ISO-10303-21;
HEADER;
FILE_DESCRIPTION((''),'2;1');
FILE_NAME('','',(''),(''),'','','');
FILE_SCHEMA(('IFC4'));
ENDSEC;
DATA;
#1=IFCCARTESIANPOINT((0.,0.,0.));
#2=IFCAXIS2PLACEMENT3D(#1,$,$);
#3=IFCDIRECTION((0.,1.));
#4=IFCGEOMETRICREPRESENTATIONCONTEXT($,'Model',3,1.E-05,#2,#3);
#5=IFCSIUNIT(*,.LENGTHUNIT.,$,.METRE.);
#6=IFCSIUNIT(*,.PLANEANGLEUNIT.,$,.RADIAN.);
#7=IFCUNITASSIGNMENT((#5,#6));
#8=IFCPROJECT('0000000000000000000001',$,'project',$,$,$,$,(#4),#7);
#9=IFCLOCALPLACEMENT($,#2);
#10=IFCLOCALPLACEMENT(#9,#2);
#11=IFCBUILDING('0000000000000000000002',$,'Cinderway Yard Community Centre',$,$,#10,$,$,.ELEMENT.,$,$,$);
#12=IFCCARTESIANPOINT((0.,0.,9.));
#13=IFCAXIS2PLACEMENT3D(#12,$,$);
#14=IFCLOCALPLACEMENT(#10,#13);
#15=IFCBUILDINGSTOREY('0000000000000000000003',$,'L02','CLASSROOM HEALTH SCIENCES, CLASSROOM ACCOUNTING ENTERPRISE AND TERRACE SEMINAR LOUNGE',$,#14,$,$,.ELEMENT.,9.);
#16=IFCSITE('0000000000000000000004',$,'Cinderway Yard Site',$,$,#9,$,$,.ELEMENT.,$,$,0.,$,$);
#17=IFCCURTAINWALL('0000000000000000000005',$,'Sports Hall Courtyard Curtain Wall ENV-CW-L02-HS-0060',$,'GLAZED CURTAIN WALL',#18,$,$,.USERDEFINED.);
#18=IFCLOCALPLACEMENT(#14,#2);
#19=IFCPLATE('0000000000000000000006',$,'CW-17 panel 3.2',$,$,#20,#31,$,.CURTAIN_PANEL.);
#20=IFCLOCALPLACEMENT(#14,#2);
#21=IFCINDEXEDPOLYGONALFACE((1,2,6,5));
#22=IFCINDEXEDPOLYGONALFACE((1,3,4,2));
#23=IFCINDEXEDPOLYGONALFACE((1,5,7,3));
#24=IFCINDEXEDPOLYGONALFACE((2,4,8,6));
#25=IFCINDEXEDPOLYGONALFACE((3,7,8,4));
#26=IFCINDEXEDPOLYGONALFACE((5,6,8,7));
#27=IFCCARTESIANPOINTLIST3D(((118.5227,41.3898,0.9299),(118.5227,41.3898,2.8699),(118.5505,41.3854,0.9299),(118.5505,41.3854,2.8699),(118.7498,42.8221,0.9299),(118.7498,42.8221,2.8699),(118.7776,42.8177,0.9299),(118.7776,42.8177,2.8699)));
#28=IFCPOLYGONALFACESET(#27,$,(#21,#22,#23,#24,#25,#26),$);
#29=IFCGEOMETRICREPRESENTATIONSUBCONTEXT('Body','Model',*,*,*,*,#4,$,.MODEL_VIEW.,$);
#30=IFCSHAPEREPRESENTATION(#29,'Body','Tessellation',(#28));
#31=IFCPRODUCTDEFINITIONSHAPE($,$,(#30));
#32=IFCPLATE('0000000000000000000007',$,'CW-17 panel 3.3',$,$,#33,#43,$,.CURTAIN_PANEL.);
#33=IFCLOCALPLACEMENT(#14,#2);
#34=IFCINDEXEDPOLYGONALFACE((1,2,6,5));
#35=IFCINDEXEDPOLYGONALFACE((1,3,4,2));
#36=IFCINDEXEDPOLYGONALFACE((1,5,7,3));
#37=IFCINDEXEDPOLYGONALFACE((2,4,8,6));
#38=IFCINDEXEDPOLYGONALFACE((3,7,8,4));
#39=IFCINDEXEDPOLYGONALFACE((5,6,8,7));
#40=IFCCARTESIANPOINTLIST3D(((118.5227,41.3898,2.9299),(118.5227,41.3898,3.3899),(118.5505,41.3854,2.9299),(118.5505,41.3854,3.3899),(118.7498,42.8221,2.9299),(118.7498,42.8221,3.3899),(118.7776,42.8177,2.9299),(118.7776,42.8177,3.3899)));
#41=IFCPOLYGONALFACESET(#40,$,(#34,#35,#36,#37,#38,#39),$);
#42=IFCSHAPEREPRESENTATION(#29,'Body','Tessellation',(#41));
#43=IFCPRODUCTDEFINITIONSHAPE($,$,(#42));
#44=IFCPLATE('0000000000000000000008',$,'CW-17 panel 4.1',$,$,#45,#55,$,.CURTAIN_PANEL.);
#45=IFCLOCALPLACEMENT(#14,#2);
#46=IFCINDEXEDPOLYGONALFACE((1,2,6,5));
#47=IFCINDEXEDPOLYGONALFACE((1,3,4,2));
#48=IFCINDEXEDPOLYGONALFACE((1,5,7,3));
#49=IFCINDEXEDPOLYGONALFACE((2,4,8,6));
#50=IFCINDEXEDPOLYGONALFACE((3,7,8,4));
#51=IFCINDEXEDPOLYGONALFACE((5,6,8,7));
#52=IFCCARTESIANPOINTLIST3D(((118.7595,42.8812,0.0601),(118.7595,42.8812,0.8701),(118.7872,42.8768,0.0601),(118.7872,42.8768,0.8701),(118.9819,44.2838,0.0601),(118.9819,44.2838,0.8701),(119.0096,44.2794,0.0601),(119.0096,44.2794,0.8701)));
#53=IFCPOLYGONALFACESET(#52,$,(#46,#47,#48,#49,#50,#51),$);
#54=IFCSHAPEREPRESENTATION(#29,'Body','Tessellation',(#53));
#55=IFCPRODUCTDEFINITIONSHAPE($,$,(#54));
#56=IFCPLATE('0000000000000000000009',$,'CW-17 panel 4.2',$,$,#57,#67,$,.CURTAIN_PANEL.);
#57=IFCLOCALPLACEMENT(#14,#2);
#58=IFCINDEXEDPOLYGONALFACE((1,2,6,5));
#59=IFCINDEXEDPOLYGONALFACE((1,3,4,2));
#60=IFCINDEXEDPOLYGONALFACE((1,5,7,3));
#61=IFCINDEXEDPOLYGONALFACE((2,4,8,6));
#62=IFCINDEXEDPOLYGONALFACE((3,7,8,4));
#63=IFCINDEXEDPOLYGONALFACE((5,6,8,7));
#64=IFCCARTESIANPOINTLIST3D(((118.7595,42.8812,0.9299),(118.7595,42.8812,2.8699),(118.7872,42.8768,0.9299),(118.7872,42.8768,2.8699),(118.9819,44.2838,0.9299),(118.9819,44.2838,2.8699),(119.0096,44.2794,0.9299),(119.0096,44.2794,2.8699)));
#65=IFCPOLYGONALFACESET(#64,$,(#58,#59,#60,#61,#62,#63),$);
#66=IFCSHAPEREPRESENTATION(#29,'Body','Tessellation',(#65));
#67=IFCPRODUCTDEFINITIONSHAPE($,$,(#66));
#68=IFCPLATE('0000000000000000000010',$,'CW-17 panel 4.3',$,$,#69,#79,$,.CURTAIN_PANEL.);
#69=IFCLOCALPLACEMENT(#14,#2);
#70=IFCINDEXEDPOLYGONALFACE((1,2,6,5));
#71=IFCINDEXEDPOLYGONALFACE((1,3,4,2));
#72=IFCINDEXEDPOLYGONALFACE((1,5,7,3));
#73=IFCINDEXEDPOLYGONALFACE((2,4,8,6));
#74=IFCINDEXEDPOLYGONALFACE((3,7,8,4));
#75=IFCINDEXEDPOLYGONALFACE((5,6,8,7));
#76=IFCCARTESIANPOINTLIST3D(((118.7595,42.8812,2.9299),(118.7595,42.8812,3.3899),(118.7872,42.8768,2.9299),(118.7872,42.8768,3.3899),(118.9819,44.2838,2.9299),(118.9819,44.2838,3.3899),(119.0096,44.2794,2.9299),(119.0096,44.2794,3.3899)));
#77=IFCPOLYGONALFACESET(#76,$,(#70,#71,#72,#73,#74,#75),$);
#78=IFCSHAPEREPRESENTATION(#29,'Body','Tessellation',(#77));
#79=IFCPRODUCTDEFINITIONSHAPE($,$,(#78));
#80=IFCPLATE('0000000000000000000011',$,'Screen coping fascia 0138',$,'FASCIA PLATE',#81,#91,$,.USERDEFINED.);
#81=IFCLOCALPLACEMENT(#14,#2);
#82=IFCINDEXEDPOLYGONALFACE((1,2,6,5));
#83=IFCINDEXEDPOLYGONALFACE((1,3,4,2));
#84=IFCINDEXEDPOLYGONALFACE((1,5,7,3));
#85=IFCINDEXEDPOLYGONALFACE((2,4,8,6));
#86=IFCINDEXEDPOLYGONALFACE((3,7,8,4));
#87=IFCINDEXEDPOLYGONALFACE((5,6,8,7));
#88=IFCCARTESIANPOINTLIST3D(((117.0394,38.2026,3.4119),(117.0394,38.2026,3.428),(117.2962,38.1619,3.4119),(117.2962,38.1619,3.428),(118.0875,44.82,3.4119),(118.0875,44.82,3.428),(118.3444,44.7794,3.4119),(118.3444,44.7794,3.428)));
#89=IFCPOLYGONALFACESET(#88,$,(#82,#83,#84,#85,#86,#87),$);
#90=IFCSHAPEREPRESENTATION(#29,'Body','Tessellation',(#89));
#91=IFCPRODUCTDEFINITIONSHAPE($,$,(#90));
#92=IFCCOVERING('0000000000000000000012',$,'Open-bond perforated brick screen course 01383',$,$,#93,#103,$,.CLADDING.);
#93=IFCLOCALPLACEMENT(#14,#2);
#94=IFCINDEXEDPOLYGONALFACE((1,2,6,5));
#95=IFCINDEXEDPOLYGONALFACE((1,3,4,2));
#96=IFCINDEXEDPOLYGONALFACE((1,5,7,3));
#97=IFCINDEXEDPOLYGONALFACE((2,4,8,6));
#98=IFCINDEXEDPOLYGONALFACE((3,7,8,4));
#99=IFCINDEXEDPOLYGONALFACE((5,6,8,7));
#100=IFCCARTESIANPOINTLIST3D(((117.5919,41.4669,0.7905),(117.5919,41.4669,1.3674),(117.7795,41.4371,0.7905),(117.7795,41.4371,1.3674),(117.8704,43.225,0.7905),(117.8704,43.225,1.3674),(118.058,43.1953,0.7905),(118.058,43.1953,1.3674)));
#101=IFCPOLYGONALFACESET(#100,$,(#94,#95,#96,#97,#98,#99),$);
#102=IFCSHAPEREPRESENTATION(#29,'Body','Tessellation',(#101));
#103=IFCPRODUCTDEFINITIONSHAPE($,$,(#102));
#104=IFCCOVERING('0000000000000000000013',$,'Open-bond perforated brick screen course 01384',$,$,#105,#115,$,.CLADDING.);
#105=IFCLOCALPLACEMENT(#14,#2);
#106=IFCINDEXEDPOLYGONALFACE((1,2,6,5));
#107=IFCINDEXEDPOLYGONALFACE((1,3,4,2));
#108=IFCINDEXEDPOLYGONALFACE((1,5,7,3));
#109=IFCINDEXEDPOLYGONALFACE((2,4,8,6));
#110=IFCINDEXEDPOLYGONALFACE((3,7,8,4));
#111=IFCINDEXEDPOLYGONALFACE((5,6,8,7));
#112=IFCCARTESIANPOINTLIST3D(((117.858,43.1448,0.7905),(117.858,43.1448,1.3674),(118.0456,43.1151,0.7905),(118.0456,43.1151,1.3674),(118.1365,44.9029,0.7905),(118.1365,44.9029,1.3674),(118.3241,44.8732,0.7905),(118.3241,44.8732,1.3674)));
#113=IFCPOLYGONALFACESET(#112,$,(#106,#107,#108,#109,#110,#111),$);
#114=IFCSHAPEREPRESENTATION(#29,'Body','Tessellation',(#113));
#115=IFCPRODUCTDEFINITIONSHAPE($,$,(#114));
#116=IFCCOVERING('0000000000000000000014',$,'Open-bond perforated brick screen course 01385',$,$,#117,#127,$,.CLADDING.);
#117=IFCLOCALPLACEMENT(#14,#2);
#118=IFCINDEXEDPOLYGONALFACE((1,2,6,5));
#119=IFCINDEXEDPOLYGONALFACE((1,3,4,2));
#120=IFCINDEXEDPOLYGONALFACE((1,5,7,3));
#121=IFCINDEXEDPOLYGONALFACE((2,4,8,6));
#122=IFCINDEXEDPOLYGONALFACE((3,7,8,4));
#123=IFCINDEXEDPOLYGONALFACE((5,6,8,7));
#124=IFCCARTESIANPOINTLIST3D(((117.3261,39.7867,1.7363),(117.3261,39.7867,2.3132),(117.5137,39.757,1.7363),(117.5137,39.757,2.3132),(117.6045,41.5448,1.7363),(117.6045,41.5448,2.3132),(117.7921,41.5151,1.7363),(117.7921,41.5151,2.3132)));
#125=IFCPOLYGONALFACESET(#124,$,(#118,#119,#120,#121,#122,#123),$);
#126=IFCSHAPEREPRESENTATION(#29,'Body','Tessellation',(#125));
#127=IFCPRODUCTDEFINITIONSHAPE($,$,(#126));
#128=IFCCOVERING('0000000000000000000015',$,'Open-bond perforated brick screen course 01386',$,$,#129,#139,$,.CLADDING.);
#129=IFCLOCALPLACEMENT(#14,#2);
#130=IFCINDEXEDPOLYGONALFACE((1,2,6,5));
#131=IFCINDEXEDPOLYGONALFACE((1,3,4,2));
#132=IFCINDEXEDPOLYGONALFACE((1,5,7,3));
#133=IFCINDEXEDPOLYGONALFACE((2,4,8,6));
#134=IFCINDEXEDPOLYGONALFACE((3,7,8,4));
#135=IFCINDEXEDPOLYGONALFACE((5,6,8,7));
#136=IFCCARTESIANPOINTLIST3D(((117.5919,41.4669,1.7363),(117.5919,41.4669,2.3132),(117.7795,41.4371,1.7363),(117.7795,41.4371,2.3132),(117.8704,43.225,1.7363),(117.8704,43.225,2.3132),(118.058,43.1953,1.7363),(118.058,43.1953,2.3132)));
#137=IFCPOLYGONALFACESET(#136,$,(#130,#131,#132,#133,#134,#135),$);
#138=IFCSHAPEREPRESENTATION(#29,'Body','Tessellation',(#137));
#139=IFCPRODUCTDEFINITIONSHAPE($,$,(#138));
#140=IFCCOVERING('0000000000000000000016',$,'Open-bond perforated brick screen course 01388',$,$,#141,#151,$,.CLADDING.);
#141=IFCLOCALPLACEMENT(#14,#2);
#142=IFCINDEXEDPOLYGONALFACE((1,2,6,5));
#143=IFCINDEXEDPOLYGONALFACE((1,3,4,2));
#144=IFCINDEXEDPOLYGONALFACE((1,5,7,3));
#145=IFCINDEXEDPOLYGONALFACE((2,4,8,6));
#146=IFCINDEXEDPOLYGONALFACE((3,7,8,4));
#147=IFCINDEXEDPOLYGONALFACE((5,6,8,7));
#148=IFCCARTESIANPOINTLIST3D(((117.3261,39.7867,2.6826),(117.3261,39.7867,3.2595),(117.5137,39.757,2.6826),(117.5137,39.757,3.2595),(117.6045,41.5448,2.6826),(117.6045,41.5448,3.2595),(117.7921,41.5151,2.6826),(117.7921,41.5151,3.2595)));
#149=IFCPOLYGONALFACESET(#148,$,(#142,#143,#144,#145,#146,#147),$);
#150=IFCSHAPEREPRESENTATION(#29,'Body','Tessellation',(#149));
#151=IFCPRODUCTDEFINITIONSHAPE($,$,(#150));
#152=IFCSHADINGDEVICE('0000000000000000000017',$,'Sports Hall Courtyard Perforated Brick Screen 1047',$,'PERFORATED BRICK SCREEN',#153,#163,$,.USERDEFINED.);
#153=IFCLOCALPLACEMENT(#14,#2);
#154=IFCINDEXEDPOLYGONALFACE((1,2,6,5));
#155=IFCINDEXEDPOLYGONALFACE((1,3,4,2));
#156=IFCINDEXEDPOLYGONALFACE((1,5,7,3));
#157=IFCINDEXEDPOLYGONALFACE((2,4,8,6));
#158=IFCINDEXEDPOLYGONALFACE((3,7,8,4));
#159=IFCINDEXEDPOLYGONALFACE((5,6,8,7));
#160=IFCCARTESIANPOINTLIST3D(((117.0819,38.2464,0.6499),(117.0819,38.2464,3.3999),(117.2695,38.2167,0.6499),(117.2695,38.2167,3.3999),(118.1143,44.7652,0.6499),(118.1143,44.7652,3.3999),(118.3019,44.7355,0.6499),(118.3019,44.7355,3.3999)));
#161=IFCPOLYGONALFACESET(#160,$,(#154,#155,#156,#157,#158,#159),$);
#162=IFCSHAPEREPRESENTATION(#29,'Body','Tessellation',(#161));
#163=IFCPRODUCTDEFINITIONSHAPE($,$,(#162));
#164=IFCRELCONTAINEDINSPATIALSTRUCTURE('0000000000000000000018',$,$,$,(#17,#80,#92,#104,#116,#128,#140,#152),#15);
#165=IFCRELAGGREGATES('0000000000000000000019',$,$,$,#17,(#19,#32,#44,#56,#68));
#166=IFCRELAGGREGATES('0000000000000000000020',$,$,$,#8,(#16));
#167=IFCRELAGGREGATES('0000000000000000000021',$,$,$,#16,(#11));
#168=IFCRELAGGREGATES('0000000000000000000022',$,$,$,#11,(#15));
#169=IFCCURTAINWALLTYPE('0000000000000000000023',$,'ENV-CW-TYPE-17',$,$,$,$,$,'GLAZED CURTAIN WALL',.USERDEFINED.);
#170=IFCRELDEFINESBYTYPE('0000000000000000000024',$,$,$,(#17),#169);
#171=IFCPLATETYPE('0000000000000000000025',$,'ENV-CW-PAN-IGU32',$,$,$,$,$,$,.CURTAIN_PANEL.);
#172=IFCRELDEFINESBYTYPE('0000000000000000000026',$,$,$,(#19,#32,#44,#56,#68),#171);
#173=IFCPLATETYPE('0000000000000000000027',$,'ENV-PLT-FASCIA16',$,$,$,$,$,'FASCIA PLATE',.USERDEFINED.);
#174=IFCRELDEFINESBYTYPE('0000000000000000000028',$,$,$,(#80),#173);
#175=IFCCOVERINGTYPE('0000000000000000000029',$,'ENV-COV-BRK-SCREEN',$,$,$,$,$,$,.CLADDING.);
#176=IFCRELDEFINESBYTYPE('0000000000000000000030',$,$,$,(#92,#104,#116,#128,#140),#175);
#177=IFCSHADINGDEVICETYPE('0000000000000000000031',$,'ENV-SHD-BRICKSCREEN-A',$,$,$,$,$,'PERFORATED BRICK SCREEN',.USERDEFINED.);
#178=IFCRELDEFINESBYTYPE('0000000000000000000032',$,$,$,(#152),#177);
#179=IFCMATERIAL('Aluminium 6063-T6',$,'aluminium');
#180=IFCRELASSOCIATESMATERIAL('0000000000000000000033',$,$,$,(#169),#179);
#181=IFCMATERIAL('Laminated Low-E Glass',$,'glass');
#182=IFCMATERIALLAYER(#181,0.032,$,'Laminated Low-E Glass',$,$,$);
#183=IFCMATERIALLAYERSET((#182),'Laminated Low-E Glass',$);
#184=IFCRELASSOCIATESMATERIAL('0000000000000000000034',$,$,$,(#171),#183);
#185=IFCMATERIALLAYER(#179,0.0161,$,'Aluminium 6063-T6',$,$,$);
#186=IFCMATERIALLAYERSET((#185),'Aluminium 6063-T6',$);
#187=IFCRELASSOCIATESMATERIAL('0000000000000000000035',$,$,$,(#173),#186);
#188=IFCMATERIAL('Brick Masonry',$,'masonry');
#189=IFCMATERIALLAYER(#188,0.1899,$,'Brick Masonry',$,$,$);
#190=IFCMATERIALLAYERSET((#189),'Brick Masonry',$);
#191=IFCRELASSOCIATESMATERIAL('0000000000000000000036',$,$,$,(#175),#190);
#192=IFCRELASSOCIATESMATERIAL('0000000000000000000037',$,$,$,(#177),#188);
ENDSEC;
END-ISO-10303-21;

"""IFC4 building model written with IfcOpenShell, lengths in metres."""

from ifc_helpers import new_model, si_unit, direction, frame, origin, origin_2d, place, context, subcontext, project, spatial, rectangle, extrude, material, layer, layer_set, type_object, element, aggregate, save


model = new_model("IFC4")

# Units and contexts
model_context = context("Model", 3, precision=1e-05, world=origin(), true_north=direction((0.0, 1.0)))
body_context = subcontext(model_context, "Body", "Model", "MODEL_VIEW")
ifc_project = project(units=[si_unit("LENGTHUNIT", "METRE"), si_unit("PLANEANGLEUNIT", "RADIAN")], contexts=[model_context])

# Site, building, storey
site_placement = place(None, origin())
site = spatial("IfcSite", under=ifc_project, at=site_placement, Name="Cinderway Yard Site", CompositionType="ELEMENT", RefElevation=0.0)
building_placement = place(site_placement, origin())
building = spatial("IfcBuilding", under=site, at=building_placement, Name="Cinderway Yard Community Centre", CompositionType="ELEMENT")
storey_placement = place(building_placement, frame((0.0, 0.0, 9.0)))
storey = spatial("IfcBuildingStorey", under=building, at=storey_placement, Name="L02", Description="CLASSROOM HEALTH SCIENCES, CLASSROOM ACCOUNTING ENTERPRISE AND TERRACE SEMINAR LOUNGE", CompositionType="ELEMENT", Elevation=9.0)

# Curtain wall
ifc_material_1 = material(Name="Aluminium 6063-T6", Category="aluminium")
curtain_wall_type = type_object("IfcCurtainWallType", Name="ENV-CW-TYPE-17", ElementType="GLAZED CURTAIN WALL", PredefinedType="USERDEFINED", material=ifc_material_1)
curtain_wall_placement = place(storey_placement, origin())
curtain_wall = element("IfcCurtainWall", 1, at=curtain_wall_placement, inside=storey, type_object=curtain_wall_type, Name="Sports Hall Courtyard Curtain Wall ENV-CW-L02-HS-0060", ObjectType="GLAZED CURTAIN WALL", PredefinedType="USERDEFINED")

# Plates
ifc_material_2 = material(Name="Laminated Low-E Glass", Category="glass")
ifc_layer_1 = layer(ifc_material_2, 0.032, Name="Laminated Low-E Glass")
ifc_layer_set_1 = layer_set([ifc_layer_1], Name="Laminated Low-E Glass")
plate_type_1 = type_object("IfcPlateType", Name="ENV-CW-PAN-IGU32", PredefinedType="CURTAIN_PANEL", material=ifc_layer_set_1)
plate_1_placement = place(storey_placement, frame((118.6501, 42.1038, 0.9299), z_axis=(0.0, 0.0, 1.0), x_axis=(0.156609, 0.987661, 0.0)))
plate_1 = element("IfcPlate", 2, at=plate_1_placement, type_object=plate_type_1, Name="CW-17 panel 3.2", PredefinedType="CURTAIN_PANEL", context=body_context, shape_type="SweptSolid", body=[
    extrude(rectangle(XDim=1.4502, YDim=0.0281, at=origin_2d()), origin(), (0.0, 0.0, 1.0), 1.9399),
])
plate_2_placement = place(storey_placement, frame((118.6501, 42.1038, 2.9299), z_axis=(0.0, 0.0, 1.0), x_axis=(0.156609, 0.987661, 0.0)))
plate_2 = element("IfcPlate", 3, at=plate_2_placement, type_object=plate_type_1, Name="CW-17 panel 3.3", PredefinedType="CURTAIN_PANEL", context=body_context, shape_type="SweptSolid", body=[
    extrude(rectangle(XDim=1.4502, YDim=0.0281, at=origin_2d()), origin(), (0.0, 0.0, 1.0), 0.46),
])
plate_3_placement = place(storey_placement, frame((118.8845, 43.5803, 0.0601), z_axis=(0.0, 0.0, 1.0), x_axis=(0.156609, 0.987661, 0.0)))
plate_3 = element("IfcPlate", 4, at=plate_3_placement, type_object=plate_type_1, Name="CW-17 panel 4.1", PredefinedType="CURTAIN_PANEL", context=body_context, shape_type="SweptSolid", body=[
    extrude(rectangle(XDim=1.4202, YDim=0.0281, at=origin_2d()), origin(), (0.0, 0.0, 1.0), 0.8101),
])
plate_4_placement = place(storey_placement, frame((118.8845, 43.5803, 0.9299), z_axis=(0.0, 0.0, 1.0), x_axis=(0.156609, 0.987661, 0.0)))
plate_4 = element("IfcPlate", 5, at=plate_4_placement, type_object=plate_type_1, Name="CW-17 panel 4.2", PredefinedType="CURTAIN_PANEL", context=body_context, shape_type="SweptSolid", body=[
    extrude(rectangle(XDim=1.4202, YDim=0.0281, at=origin_2d()), origin(), (0.0, 0.0, 1.0), 1.9399),
])
plate_5_placement = place(storey_placement, frame((118.8845, 43.5803, 2.9299), z_axis=(0.0, 0.0, 1.0), x_axis=(0.156609, 0.987661, 0.0)))
plate_5 = element("IfcPlate", 6, at=plate_5_placement, type_object=plate_type_1, Name="CW-17 panel 4.3", PredefinedType="CURTAIN_PANEL", context=body_context, shape_type="SweptSolid", body=[
    extrude(rectangle(XDim=1.4202, YDim=0.0281, at=origin_2d()), origin(), (0.0, 0.0, 1.0), 0.46),
])
aggregate(curtain_wall, [plate_1, plate_2, plate_3, plate_4, plate_5])
ifc_layer_2 = layer(ifc_material_1, 0.0161, Name="Aluminium 6063-T6")
ifc_layer_set_2 = layer_set([ifc_layer_2], Name="Aluminium 6063-T6")
plate_type_2 = type_object("IfcPlateType", Name="ENV-PLT-FASCIA16", ElementType="FASCIA PLATE", PredefinedType="USERDEFINED", material=ifc_layer_set_2)
plate_6_placement = place(storey_placement, frame((117.6919, 41.491, 3.4119), z_axis=(0.0, 0.0, 1.0), x_axis=(0.156434, 0.987688, 0.0)))
element("IfcPlate", 7, at=plate_6_placement, inside=storey, type_object=plate_type_2, Name="Screen coping fascia 0138", ObjectType="FASCIA PLATE", PredefinedType="USERDEFINED", context=body_context, shape_type="SweptSolid", body=[
    extrude(rectangle(XDim=6.7, YDim=0.26, at=origin_2d()), origin(), (0.0, 0.0, 1.0), 0.0161),
])

# Coverings
ifc_material_3 = material(Name="Brick Masonry", Category="masonry")
ifc_layer_3 = layer(ifc_material_3, 0.1899, Name="Brick Masonry")
ifc_layer_set_3 = layer_set([ifc_layer_3], Name="Brick Masonry")
covering_type = type_object("IfcCoveringType", Name="ENV-COV-BRK-SCREEN", PredefinedType="CLADDING", material=ifc_layer_set_3)
for number, where, z_axis, x_axis, name in (
    (8, (117.825, 42.3311, 0.7905), (0.0, 0.0, 1.0), (0.156434, 0.987688, 0.0), "Open-bond perforated brick screen course 01383"),
    (9, (118.0911, 44.009, 0.7905), (0.0, 0.0, 1.0), (0.156434, 0.987688, 0.0), "Open-bond perforated brick screen course 01384"),
    (10, (117.5591, 40.6509, 1.7363), (0.0, 0.0, 1.0), (0.156434, 0.987688, 0.0), "Open-bond perforated brick screen course 01385"),
    (11, (117.825, 42.3311, 1.7363), (0.0, 0.0, 1.0), (0.156434, 0.987688, 0.0), "Open-bond perforated brick screen course 01386"),
    (12, (117.5591, 40.6509, 2.6826), (0.0, 0.0, 1.0), (0.156434, 0.987688, 0.0), "Open-bond perforated brick screen course 01388"),
):
    element("IfcCovering", number, at=place(storey_placement, frame(where, z_axis=z_axis, x_axis=x_axis)), inside=storey, type_object=covering_type, Name=name, PredefinedType="CLADDING", context=body_context, shape_type="SweptSolid", body=[
        extrude(rectangle(XDim=1.78, YDim=0.1899, at=origin_2d()), origin(), (0.0, 0.0, 1.0), 0.5769),
    ])

# Shading device
shading_device_type = type_object("IfcShadingDeviceType", Name="ENV-SHD-BRICKSCREEN-A", ElementType="PERFORATED BRICK SCREEN", PredefinedType="USERDEFINED", material=ifc_material_3)
shading_device_placement = place(storey_placement, frame((117.6919, 41.491, 0.6499), z_axis=(0.0, 0.0, 1.0), x_axis=(0.156434, 0.987688, 0.0)))
element("IfcShadingDevice", 13, at=shading_device_placement, inside=storey, type_object=shading_device_type, Name="Sports Hall Courtyard Perforated Brick Screen 1047", ObjectType="PERFORATED BRICK SCREEN", PredefinedType="USERDEFINED", context=body_context, shape_type="SweptSolid", body=[
    extrude(rectangle(XDim=6.6001, YDim=0.1899, at=origin_2d()), origin(), (0.0, 0.0, 1.0), 2.75),
])

save(model, "model.ifc")
